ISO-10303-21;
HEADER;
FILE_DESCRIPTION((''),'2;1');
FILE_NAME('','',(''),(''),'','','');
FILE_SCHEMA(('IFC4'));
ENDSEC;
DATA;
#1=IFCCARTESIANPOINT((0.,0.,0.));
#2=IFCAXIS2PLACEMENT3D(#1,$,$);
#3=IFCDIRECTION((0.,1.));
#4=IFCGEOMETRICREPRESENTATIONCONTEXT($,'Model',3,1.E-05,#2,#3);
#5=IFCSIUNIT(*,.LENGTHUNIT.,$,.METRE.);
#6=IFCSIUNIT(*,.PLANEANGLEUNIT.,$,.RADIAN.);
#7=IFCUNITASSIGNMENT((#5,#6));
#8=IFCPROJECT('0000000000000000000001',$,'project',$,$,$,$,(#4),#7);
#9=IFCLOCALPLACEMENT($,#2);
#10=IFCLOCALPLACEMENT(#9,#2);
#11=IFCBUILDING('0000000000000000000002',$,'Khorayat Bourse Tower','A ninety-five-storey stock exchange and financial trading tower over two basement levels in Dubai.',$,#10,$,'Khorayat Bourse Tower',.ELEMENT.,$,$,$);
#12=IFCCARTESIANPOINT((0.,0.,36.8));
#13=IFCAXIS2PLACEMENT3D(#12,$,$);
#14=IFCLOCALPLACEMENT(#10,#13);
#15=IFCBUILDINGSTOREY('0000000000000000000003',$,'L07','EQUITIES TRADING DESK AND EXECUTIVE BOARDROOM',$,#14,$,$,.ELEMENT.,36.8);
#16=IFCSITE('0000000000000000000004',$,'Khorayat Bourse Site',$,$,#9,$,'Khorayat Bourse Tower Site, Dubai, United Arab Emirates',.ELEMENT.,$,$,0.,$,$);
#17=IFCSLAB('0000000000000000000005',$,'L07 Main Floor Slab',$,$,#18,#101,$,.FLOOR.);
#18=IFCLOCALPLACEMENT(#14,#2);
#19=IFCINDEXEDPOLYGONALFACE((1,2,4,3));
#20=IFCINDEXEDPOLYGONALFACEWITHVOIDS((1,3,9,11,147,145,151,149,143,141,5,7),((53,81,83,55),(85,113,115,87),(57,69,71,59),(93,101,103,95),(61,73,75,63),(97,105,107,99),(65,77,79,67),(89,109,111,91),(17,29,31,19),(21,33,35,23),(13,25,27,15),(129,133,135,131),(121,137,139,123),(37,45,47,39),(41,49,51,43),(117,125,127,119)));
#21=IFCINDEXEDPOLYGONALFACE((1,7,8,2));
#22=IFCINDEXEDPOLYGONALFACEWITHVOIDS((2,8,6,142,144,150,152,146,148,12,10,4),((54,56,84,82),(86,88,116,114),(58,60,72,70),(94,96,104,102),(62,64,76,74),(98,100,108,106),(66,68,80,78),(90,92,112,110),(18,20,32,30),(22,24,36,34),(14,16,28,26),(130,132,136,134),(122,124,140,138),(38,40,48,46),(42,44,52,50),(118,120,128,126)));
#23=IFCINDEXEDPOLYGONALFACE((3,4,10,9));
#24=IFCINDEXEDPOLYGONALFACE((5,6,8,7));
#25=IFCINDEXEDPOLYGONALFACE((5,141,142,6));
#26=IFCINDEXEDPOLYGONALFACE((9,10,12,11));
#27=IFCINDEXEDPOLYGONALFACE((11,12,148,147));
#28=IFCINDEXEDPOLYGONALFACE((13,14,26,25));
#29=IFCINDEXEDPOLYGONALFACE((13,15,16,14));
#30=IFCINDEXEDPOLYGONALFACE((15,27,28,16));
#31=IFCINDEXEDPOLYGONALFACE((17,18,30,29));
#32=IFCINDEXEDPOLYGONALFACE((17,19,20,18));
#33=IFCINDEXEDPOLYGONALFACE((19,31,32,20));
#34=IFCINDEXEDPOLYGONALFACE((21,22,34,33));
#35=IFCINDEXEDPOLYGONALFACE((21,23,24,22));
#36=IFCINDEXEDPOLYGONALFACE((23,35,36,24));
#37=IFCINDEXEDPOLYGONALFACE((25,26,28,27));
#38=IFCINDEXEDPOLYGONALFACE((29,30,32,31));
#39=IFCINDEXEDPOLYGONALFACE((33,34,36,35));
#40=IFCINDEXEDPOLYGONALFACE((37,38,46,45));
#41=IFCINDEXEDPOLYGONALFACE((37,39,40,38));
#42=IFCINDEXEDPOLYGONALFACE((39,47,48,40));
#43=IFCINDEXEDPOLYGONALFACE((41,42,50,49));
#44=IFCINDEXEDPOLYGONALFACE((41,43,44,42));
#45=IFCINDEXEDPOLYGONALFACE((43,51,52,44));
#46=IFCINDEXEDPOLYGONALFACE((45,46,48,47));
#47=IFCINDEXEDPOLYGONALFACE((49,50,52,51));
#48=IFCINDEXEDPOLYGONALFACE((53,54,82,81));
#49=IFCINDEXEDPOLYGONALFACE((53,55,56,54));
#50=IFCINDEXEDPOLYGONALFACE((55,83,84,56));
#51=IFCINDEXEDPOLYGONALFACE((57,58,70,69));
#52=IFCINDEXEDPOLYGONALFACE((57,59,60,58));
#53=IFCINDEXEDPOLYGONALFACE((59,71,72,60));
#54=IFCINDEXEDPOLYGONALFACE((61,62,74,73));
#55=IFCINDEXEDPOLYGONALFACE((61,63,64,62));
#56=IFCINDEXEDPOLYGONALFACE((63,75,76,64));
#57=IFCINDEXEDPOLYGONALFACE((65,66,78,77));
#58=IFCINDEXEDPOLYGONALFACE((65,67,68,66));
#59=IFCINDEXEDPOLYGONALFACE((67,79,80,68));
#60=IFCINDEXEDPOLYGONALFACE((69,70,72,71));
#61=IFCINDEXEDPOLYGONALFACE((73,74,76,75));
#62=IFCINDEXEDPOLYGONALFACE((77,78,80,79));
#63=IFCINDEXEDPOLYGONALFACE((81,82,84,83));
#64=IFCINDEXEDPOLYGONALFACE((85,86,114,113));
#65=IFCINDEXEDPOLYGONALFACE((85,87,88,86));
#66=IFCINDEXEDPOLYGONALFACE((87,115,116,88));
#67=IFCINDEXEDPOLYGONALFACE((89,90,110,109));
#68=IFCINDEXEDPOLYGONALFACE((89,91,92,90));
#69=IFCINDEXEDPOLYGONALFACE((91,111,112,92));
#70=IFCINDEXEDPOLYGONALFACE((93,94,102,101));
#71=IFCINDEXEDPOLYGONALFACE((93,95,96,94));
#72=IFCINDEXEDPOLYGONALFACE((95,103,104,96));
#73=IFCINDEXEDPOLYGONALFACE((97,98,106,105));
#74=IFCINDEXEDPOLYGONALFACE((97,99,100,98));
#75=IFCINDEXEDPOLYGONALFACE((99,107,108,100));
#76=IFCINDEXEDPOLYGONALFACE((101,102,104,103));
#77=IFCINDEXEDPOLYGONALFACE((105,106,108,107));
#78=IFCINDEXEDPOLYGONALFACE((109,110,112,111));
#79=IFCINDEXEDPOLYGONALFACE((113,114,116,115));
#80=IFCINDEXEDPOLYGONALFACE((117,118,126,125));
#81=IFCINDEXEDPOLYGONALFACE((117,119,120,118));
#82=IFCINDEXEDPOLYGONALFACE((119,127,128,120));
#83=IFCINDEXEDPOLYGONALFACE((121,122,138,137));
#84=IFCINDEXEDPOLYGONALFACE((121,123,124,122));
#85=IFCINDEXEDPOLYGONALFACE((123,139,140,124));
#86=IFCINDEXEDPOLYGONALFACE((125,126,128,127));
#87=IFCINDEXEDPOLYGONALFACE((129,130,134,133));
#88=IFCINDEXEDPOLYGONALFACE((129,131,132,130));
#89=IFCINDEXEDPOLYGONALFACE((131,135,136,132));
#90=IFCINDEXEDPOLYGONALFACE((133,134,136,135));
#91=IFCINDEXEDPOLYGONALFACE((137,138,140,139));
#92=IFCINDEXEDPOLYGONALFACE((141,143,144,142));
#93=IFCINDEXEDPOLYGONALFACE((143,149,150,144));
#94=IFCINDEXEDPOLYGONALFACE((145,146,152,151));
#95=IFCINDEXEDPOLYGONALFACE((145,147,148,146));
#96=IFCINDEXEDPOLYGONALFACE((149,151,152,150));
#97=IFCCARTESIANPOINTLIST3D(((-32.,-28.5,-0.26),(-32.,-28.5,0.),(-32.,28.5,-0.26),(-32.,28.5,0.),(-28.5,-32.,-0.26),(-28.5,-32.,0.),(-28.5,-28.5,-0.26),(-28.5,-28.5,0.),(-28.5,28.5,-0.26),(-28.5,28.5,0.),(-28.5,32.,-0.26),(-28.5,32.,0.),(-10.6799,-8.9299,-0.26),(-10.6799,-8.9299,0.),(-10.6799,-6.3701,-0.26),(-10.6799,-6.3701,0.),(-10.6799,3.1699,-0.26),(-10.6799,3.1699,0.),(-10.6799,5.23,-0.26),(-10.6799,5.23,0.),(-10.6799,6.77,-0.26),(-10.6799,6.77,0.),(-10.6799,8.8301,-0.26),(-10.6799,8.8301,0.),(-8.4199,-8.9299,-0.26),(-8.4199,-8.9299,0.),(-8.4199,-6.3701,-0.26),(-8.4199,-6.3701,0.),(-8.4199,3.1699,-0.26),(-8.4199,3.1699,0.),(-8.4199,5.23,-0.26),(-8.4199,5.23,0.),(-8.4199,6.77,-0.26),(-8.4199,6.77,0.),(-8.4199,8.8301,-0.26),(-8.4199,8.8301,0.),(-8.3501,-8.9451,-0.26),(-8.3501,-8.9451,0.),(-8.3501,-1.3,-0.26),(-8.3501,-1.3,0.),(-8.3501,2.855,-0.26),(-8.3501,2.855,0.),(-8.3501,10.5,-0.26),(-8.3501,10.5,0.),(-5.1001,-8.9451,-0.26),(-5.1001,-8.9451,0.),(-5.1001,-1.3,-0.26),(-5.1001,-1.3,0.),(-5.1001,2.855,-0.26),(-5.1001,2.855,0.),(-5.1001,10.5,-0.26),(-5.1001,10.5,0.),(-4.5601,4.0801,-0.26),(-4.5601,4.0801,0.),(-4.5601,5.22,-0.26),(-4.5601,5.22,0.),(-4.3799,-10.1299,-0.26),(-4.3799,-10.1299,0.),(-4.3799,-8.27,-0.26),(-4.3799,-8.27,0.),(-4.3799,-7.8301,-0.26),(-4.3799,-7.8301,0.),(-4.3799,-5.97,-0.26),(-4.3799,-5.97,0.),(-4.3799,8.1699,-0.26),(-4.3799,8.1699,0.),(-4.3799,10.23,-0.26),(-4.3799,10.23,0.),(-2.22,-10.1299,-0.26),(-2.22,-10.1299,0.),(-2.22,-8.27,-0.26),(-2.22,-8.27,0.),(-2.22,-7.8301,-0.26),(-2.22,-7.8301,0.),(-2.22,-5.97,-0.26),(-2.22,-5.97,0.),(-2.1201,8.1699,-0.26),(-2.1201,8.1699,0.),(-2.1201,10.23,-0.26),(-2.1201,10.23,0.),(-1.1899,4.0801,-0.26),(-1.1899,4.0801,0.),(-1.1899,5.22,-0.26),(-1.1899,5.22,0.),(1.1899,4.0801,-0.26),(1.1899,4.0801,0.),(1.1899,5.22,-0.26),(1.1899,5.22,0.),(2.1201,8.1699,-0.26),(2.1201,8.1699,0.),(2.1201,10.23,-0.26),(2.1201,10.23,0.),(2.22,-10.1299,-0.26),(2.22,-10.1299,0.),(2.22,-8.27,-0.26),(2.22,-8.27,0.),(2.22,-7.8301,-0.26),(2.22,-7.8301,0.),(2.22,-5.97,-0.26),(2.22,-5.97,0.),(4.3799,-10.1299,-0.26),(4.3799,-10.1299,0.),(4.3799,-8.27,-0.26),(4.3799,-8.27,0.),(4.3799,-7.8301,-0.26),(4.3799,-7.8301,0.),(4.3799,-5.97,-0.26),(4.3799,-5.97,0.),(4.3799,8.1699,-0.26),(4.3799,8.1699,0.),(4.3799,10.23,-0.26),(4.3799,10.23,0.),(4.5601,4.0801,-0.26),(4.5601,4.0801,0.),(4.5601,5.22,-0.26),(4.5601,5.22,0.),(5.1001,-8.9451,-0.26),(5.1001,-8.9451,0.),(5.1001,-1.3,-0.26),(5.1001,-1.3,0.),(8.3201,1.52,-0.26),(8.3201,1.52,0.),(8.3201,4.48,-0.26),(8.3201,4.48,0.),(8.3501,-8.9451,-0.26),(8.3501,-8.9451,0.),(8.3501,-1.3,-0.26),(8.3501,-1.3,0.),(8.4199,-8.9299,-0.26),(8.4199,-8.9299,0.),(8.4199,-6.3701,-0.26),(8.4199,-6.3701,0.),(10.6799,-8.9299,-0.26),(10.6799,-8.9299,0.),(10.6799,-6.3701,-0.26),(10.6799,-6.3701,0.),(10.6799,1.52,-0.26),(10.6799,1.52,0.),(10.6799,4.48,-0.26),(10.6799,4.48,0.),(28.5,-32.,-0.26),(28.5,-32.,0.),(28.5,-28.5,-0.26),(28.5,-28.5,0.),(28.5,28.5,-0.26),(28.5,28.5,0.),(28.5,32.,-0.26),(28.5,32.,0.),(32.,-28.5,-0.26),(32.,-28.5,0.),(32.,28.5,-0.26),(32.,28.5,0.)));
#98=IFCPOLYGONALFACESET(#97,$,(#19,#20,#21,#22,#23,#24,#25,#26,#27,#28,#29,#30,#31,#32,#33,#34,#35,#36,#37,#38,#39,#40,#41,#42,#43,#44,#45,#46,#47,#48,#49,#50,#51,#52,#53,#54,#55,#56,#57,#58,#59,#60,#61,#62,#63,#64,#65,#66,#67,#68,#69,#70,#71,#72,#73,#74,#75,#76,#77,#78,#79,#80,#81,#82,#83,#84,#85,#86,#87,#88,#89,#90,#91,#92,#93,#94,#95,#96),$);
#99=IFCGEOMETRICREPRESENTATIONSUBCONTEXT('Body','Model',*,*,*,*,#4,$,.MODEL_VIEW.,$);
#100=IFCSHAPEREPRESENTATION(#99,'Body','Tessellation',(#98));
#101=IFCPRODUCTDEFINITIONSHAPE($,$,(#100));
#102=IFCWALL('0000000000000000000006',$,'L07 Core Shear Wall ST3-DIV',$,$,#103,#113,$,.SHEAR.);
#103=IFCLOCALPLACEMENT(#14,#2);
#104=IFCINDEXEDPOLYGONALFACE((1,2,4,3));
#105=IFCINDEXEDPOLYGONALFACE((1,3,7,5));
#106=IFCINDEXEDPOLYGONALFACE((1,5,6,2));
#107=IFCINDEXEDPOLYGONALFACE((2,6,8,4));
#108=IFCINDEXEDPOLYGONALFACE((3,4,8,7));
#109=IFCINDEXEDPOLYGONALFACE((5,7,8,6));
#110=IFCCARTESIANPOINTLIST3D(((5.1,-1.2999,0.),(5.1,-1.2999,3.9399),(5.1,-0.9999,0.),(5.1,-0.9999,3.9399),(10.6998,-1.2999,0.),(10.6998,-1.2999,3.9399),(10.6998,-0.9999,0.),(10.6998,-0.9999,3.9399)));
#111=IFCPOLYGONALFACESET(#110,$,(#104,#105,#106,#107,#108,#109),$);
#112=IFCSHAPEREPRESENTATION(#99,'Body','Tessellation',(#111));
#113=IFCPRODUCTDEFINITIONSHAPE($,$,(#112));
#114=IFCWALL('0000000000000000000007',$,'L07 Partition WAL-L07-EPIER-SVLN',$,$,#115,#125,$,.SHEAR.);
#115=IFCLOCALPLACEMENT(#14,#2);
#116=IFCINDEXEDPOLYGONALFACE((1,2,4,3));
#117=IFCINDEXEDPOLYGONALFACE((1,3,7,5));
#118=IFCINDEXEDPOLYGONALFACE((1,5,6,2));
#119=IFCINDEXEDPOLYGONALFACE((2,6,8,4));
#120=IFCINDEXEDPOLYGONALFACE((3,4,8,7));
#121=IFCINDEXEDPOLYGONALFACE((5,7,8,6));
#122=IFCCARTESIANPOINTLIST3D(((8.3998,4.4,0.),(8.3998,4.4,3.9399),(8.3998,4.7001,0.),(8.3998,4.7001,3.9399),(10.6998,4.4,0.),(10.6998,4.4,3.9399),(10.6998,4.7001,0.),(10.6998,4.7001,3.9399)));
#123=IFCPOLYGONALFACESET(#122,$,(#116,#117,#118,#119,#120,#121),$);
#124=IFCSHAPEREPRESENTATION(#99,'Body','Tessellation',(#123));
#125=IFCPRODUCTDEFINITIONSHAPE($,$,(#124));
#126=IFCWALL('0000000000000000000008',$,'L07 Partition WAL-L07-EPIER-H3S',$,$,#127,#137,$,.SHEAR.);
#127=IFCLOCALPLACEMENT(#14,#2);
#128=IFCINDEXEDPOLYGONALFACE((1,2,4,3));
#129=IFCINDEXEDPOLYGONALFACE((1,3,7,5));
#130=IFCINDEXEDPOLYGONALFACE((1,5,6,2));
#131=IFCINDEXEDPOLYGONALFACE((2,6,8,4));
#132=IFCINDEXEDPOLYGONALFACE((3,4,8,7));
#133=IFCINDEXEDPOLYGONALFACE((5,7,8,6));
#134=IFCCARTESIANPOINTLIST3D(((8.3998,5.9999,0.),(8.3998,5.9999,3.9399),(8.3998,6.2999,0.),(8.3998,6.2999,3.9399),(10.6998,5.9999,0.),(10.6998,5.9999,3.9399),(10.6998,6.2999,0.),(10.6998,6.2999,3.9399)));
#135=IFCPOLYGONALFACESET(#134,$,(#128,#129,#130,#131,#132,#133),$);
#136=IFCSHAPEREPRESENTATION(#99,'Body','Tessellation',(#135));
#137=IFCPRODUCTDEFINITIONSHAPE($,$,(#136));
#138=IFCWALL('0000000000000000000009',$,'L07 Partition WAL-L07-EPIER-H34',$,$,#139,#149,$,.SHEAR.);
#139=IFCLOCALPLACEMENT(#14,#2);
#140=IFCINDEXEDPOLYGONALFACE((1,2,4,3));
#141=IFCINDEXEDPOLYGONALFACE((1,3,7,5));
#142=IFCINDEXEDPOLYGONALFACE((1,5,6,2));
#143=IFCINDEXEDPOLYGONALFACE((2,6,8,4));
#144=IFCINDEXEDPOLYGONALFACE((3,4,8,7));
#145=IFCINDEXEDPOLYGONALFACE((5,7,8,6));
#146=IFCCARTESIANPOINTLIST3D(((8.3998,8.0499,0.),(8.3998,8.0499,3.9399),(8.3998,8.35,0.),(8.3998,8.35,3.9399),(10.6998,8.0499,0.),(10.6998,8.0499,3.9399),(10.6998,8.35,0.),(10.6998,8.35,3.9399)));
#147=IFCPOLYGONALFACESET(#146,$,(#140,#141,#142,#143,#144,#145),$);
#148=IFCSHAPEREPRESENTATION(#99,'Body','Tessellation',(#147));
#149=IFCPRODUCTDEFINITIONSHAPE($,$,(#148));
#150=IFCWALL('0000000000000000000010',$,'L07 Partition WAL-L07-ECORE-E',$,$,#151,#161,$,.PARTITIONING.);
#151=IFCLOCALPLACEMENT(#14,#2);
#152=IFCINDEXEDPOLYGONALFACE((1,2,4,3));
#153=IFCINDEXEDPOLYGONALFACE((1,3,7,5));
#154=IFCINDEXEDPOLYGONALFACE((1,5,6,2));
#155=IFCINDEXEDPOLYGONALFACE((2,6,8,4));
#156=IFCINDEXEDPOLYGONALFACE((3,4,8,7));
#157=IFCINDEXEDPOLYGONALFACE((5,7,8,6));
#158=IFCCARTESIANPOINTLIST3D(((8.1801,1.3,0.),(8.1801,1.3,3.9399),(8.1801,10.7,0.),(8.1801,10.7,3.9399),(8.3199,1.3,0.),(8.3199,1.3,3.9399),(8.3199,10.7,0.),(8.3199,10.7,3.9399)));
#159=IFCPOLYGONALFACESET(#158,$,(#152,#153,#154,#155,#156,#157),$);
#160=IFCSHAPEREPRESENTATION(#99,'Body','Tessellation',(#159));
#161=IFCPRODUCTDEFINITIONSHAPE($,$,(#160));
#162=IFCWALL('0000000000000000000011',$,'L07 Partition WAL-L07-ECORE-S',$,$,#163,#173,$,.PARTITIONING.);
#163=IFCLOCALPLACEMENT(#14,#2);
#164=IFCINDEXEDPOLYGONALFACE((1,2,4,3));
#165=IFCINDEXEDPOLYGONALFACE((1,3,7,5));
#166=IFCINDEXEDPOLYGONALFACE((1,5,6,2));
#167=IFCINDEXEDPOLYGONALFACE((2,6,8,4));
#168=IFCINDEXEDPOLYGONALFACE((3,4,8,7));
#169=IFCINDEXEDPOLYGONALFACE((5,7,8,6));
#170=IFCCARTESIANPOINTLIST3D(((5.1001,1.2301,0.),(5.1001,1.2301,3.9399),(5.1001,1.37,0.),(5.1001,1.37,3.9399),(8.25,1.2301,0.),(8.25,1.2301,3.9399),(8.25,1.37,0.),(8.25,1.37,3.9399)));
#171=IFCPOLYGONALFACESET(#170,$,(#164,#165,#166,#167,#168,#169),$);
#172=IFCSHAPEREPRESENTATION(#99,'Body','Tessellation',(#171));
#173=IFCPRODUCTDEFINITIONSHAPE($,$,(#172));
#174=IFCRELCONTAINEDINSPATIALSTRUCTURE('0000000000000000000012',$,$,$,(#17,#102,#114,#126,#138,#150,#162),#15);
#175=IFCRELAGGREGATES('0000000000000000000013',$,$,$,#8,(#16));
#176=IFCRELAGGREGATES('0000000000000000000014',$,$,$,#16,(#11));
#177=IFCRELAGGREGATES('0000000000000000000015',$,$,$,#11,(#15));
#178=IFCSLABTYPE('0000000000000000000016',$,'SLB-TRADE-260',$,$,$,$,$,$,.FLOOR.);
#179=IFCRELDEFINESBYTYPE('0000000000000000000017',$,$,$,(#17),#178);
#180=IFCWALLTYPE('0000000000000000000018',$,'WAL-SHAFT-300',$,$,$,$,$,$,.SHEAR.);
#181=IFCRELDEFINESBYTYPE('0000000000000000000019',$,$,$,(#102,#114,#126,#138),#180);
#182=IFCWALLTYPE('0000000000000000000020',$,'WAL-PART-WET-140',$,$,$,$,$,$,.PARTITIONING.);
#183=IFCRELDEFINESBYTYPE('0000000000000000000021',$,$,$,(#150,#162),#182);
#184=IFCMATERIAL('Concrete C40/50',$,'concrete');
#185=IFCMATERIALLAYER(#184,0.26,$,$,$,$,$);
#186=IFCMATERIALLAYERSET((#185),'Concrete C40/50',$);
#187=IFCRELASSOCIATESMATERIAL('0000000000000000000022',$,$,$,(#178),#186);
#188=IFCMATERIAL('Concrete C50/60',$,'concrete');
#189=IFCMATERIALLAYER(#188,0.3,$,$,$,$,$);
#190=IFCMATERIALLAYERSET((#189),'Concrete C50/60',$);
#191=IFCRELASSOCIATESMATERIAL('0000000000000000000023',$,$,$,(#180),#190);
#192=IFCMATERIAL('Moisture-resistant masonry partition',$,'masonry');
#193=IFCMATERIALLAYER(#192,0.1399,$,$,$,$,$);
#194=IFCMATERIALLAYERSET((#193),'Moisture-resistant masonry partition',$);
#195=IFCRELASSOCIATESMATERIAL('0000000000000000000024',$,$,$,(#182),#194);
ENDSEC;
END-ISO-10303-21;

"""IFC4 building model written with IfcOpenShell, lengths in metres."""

from ifc_helpers import new_model, si_unit, direction, frame, frame_2d, origin, place, context, subcontext, project, spatial, polyline, rectangle, outline, extrude, source, transform, mapped, material, layer, layer_set, type_object, element, save


model = new_model("IFC4")

# Units and contexts
model_context = context("Model", 3, precision=1e-05, world=origin(), true_north=direction((0.0, 1.0)))
body_context = subcontext(model_context, "Body", "Model", "MODEL_VIEW")
ifc_project = project(units=[si_unit("LENGTHUNIT", "METRE"), si_unit("PLANEANGLEUNIT", "RADIAN")], contexts=[model_context])

# Site, building, storey
site_placement = place(None, origin())
site = spatial("IfcSite", under=ifc_project, at=site_placement, Name="Khorayat Bourse Site", LongName="Khorayat Bourse Tower Site, Dubai, United Arab Emirates", CompositionType="ELEMENT", RefElevation=0.0)
building_placement = place(site_placement, origin())
building = spatial("IfcBuilding", under=site, at=building_placement, Name="Khorayat Bourse Tower", Description="A ninety-five-storey stock exchange and financial trading tower over two basement levels in Dubai.", LongName="Khorayat Bourse Tower", CompositionType="ELEMENT")
storey_placement = place(building_placement, frame((0.0, 0.0, 36.8)))
storey = spatial("IfcBuildingStorey", under=building, at=storey_placement, Name="L07", Description="EQUITIES TRADING DESK AND EXECUTIVE BOARDROOM", CompositionType="ELEMENT", Elevation=36.8)

# Shared definitions
ifc_material_1 = material(Name="Concrete C40/50", Category="concrete")

# Slab
ifc_layer_1 = layer(ifc_material_1, 0.26)
ifc_layer_set_1 = layer_set([ifc_layer_1], Name="Concrete C40/50")
slab_type_1 = type_object("IfcSlabType", Name="SLB-TRADE-260", PredefinedType="FLOOR", material=ifc_layer_set_1)
slab_1_placement = place(storey_placement, frame((0.0, 0.0, -0.26)))
element("IfcSlab", 1, at=slab_1_placement, inside=storey, type_object=slab_type_1, Name="L07 Main Floor Slab", PredefinedType="FLOOR", context=body_context, shape_type="SweptSolid", body=[
    extrude(outline(polyline([(-28.5, -32.0), (28.5, -32.0), (28.5, -28.5), (32.0, -28.5), (32.0, 28.5), (28.5, 28.5), (28.5, 32.0), (-28.5, 32.0), (-28.5, 28.5), (-32.0, 28.5), (-32.0, -28.5), (-28.5, -28.5), (-28.5, -32.0)]), holes=[polyline([(-8.3501, -8.9451), (-5.1001, -8.9451), (-5.1001, -1.3), (-8.3501, -1.3), (-8.3501, -8.9451)]), polyline([(-8.3501, 2.855), (-5.1001, 2.855), (-5.1001, 10.5), (-8.3501, 10.5), (-8.3501, 2.855)]), polyline([(5.1001, -8.9451), (8.3501, -8.9451), (8.3501, -1.3), (5.1001, -1.3), (5.1001, -8.9451)]), polyline([(-4.3799, -10.1299), (-2.22, -10.1299), (-2.22, -8.27), (-4.3799, -8.27), (-4.3799, -10.1299)]), polyline([(2.22, -10.1299), (4.3799, -10.1299), (4.3799, -8.27), (2.22, -8.27), (2.22, -10.1299)]), polyline([(-4.3799, -7.8301), (-2.22, -7.8301), (-2.22, -5.97), (-4.3799, -5.97), (-4.3799, -7.8301)]), polyline([(2.22, -7.8301), (4.3799, -7.8301), (4.3799, -5.97), (2.22, -5.97), (2.22, -7.8301)]), polyline([(-4.3799, 8.1699), (-2.1201, 8.1699), (-2.1201, 10.23), (-4.3799, 10.23), (-4.3799, 8.1699)]), polyline([(2.1201, 8.1699), (4.3799, 8.1699), (4.3799, 10.23), (2.1201, 10.23), (2.1201, 8.1699)]), polyline([(-10.6799, 3.1699), (-8.4199, 3.1699), (-8.4199, 5.23), (-10.6799, 5.23), (-10.6799, 3.1699)]), polyline([(-10.6799, 6.77), (-8.4199, 6.77), (-8.4199, 8.8301), (-10.6799, 8.8301), (-10.6799, 6.77)]), polyline([(-10.6799, -8.9299), (-8.4199, -8.9299), (-8.4199, -6.3701), (-10.6799, -6.3701), (-10.6799, -8.9299)]), polyline([(8.4199, -8.9299), (10.6799, -8.9299), (10.6799, -6.3701), (8.4199, -6.3701), (8.4199, -8.9299)]), polyline([(8.3201, 1.52), (10.6799, 1.52), (10.6799, 4.48), (8.3201, 4.48), (8.3201, 1.52)]), polyline([(-4.5601, 4.0801), (-1.1899, 4.0801), (-1.1899, 5.22), (-4.5601, 5.22), (-4.5601, 4.0801)]), polyline([(1.1899, 4.0801), (4.5601, 4.0801), (4.5601, 5.22), (1.1899, 5.22), (1.1899, 4.0801)])]), origin(), (0.0, 0.0, 1.0), 0.26),
])

# Walls
ifc_material_2 = material(Name="Concrete C50/60", Category="concrete")
ifc_layer_2 = layer(ifc_material_2, 0.3)
ifc_layer_set_2 = layer_set([ifc_layer_2], Name="Concrete C50/60")
wall_type_1 = type_object("IfcWallType", Name="WAL-SHAFT-300", PredefinedType="SHEAR", material=ifc_layer_set_2)
shared_shape_1 = source(origin(), body_context, "Body", "SweptSolid", [
    extrude(rectangle(XDim=5.5999, YDim=0.3, at=frame_2d((2.7998, 0.0))), origin(), (0.0, 0.0, 1.0), 3.9399),
])
wall_1_placement = place(storey_placement, frame((5.1001, -1.1499, 0.0), z_axis=(0.0, 0.0, 1.0), x_axis=(1.0, 0.0, 0.0)))
element("IfcWall", 2, at=wall_1_placement, inside=storey, type_object=wall_type_1, Name="L07 Core Shear Wall ST3-DIV", PredefinedType="SHEAR", context=body_context, shape_type="MappedRepresentation", body=[
    mapped(shared_shape_1, transform((0.0, 0.0, 0.0), scale=1.0)),
])
shared_shape_2 = source(origin(), body_context, "Body", "SweptSolid", [
    extrude(rectangle(XDim=2.3, YDim=0.3, at=frame_2d((1.1499, 0.0))), origin(), (0.0, 0.0, 1.0), 3.9399),
])
for number, where, z_axis, x_axis, name in (
    (3, (8.3999, 4.55, 0.0), (0.0, 0.0, 1.0), (1.0, 0.0, 0.0), "L07 Partition WAL-L07-EPIER-SVLN"),
    (4, (8.3999, 6.1499, 0.0), (0.0, 0.0, 1.0), (1.0, 0.0, 0.0), "L07 Partition WAL-L07-EPIER-H3S"),
    (5, (8.3999, 8.2, 0.0), (0.0, 0.0, 1.0), (1.0, 0.0, 0.0), "L07 Partition WAL-L07-EPIER-H34"),
):
    element("IfcWall", number, at=place(storey_placement, frame(where, z_axis=z_axis, x_axis=x_axis)), inside=storey, type_object=wall_type_1, Name=name, PredefinedType="SHEAR", context=body_context, shape_type="MappedRepresentation", body=[
        mapped(shared_shape_2, transform((0.0, 0.0, 0.0), scale=1.0)),
    ])
ifc_material_3 = material(Name="Moisture-resistant masonry partition", Category="masonry")
ifc_layer_3 = layer(ifc_material_3, 0.1399)
ifc_layer_set_3 = layer_set([ifc_layer_3], Name="Moisture-resistant masonry partition")
wall_type_2 = type_object("IfcWallType", Name="WAL-PART-WET-140", PredefinedType="PARTITIONING", material=ifc_layer_set_3)
shared_shape_3 = source(origin(), body_context, "Body", "SweptSolid", [
    extrude(rectangle(XDim=9.3999, YDim=0.1399, at=frame_2d((4.7, 0.0))), origin(), (0.0, 0.0, 1.0), 3.9399),
])
wall_2_placement = place(storey_placement, frame((8.25, 1.3, 0.0), z_axis=(0.0, 0.0, 1.0), x_axis=(0.0, 1.0, 0.0)))
element("IfcWall", 6, at=wall_2_placement, inside=storey, type_object=wall_type_2, Name="L07 Partition WAL-L07-ECORE-E", PredefinedType="PARTITIONING", context=body_context, shape_type="MappedRepresentation", body=[
    mapped(shared_shape_3, transform((0.0, 0.0, 0.0), scale=1.0)),
])
shared_shape_4 = source(origin(), body_context, "Body", "SweptSolid", [
    extrude(rectangle(XDim=3.1499, YDim=0.1399, at=frame_2d((1.575, 0.0))), origin(), (0.0, 0.0, 1.0), 3.9399),
])
wall_3_placement = place(storey_placement, frame((5.1001, 1.3, 0.0), z_axis=(0.0, 0.0, 1.0), x_axis=(1.0, 0.0, 0.0)))
element("IfcWall", 7, at=wall_3_placement, inside=storey, type_object=wall_type_2, Name="L07 Partition WAL-L07-ECORE-S", PredefinedType="PARTITIONING", context=body_context, shape_type="MappedRepresentation", body=[
    mapped(shared_shape_4, transform((0.0, 0.0, 0.0), scale=1.0)),
])

save(model, "model.ifc")
